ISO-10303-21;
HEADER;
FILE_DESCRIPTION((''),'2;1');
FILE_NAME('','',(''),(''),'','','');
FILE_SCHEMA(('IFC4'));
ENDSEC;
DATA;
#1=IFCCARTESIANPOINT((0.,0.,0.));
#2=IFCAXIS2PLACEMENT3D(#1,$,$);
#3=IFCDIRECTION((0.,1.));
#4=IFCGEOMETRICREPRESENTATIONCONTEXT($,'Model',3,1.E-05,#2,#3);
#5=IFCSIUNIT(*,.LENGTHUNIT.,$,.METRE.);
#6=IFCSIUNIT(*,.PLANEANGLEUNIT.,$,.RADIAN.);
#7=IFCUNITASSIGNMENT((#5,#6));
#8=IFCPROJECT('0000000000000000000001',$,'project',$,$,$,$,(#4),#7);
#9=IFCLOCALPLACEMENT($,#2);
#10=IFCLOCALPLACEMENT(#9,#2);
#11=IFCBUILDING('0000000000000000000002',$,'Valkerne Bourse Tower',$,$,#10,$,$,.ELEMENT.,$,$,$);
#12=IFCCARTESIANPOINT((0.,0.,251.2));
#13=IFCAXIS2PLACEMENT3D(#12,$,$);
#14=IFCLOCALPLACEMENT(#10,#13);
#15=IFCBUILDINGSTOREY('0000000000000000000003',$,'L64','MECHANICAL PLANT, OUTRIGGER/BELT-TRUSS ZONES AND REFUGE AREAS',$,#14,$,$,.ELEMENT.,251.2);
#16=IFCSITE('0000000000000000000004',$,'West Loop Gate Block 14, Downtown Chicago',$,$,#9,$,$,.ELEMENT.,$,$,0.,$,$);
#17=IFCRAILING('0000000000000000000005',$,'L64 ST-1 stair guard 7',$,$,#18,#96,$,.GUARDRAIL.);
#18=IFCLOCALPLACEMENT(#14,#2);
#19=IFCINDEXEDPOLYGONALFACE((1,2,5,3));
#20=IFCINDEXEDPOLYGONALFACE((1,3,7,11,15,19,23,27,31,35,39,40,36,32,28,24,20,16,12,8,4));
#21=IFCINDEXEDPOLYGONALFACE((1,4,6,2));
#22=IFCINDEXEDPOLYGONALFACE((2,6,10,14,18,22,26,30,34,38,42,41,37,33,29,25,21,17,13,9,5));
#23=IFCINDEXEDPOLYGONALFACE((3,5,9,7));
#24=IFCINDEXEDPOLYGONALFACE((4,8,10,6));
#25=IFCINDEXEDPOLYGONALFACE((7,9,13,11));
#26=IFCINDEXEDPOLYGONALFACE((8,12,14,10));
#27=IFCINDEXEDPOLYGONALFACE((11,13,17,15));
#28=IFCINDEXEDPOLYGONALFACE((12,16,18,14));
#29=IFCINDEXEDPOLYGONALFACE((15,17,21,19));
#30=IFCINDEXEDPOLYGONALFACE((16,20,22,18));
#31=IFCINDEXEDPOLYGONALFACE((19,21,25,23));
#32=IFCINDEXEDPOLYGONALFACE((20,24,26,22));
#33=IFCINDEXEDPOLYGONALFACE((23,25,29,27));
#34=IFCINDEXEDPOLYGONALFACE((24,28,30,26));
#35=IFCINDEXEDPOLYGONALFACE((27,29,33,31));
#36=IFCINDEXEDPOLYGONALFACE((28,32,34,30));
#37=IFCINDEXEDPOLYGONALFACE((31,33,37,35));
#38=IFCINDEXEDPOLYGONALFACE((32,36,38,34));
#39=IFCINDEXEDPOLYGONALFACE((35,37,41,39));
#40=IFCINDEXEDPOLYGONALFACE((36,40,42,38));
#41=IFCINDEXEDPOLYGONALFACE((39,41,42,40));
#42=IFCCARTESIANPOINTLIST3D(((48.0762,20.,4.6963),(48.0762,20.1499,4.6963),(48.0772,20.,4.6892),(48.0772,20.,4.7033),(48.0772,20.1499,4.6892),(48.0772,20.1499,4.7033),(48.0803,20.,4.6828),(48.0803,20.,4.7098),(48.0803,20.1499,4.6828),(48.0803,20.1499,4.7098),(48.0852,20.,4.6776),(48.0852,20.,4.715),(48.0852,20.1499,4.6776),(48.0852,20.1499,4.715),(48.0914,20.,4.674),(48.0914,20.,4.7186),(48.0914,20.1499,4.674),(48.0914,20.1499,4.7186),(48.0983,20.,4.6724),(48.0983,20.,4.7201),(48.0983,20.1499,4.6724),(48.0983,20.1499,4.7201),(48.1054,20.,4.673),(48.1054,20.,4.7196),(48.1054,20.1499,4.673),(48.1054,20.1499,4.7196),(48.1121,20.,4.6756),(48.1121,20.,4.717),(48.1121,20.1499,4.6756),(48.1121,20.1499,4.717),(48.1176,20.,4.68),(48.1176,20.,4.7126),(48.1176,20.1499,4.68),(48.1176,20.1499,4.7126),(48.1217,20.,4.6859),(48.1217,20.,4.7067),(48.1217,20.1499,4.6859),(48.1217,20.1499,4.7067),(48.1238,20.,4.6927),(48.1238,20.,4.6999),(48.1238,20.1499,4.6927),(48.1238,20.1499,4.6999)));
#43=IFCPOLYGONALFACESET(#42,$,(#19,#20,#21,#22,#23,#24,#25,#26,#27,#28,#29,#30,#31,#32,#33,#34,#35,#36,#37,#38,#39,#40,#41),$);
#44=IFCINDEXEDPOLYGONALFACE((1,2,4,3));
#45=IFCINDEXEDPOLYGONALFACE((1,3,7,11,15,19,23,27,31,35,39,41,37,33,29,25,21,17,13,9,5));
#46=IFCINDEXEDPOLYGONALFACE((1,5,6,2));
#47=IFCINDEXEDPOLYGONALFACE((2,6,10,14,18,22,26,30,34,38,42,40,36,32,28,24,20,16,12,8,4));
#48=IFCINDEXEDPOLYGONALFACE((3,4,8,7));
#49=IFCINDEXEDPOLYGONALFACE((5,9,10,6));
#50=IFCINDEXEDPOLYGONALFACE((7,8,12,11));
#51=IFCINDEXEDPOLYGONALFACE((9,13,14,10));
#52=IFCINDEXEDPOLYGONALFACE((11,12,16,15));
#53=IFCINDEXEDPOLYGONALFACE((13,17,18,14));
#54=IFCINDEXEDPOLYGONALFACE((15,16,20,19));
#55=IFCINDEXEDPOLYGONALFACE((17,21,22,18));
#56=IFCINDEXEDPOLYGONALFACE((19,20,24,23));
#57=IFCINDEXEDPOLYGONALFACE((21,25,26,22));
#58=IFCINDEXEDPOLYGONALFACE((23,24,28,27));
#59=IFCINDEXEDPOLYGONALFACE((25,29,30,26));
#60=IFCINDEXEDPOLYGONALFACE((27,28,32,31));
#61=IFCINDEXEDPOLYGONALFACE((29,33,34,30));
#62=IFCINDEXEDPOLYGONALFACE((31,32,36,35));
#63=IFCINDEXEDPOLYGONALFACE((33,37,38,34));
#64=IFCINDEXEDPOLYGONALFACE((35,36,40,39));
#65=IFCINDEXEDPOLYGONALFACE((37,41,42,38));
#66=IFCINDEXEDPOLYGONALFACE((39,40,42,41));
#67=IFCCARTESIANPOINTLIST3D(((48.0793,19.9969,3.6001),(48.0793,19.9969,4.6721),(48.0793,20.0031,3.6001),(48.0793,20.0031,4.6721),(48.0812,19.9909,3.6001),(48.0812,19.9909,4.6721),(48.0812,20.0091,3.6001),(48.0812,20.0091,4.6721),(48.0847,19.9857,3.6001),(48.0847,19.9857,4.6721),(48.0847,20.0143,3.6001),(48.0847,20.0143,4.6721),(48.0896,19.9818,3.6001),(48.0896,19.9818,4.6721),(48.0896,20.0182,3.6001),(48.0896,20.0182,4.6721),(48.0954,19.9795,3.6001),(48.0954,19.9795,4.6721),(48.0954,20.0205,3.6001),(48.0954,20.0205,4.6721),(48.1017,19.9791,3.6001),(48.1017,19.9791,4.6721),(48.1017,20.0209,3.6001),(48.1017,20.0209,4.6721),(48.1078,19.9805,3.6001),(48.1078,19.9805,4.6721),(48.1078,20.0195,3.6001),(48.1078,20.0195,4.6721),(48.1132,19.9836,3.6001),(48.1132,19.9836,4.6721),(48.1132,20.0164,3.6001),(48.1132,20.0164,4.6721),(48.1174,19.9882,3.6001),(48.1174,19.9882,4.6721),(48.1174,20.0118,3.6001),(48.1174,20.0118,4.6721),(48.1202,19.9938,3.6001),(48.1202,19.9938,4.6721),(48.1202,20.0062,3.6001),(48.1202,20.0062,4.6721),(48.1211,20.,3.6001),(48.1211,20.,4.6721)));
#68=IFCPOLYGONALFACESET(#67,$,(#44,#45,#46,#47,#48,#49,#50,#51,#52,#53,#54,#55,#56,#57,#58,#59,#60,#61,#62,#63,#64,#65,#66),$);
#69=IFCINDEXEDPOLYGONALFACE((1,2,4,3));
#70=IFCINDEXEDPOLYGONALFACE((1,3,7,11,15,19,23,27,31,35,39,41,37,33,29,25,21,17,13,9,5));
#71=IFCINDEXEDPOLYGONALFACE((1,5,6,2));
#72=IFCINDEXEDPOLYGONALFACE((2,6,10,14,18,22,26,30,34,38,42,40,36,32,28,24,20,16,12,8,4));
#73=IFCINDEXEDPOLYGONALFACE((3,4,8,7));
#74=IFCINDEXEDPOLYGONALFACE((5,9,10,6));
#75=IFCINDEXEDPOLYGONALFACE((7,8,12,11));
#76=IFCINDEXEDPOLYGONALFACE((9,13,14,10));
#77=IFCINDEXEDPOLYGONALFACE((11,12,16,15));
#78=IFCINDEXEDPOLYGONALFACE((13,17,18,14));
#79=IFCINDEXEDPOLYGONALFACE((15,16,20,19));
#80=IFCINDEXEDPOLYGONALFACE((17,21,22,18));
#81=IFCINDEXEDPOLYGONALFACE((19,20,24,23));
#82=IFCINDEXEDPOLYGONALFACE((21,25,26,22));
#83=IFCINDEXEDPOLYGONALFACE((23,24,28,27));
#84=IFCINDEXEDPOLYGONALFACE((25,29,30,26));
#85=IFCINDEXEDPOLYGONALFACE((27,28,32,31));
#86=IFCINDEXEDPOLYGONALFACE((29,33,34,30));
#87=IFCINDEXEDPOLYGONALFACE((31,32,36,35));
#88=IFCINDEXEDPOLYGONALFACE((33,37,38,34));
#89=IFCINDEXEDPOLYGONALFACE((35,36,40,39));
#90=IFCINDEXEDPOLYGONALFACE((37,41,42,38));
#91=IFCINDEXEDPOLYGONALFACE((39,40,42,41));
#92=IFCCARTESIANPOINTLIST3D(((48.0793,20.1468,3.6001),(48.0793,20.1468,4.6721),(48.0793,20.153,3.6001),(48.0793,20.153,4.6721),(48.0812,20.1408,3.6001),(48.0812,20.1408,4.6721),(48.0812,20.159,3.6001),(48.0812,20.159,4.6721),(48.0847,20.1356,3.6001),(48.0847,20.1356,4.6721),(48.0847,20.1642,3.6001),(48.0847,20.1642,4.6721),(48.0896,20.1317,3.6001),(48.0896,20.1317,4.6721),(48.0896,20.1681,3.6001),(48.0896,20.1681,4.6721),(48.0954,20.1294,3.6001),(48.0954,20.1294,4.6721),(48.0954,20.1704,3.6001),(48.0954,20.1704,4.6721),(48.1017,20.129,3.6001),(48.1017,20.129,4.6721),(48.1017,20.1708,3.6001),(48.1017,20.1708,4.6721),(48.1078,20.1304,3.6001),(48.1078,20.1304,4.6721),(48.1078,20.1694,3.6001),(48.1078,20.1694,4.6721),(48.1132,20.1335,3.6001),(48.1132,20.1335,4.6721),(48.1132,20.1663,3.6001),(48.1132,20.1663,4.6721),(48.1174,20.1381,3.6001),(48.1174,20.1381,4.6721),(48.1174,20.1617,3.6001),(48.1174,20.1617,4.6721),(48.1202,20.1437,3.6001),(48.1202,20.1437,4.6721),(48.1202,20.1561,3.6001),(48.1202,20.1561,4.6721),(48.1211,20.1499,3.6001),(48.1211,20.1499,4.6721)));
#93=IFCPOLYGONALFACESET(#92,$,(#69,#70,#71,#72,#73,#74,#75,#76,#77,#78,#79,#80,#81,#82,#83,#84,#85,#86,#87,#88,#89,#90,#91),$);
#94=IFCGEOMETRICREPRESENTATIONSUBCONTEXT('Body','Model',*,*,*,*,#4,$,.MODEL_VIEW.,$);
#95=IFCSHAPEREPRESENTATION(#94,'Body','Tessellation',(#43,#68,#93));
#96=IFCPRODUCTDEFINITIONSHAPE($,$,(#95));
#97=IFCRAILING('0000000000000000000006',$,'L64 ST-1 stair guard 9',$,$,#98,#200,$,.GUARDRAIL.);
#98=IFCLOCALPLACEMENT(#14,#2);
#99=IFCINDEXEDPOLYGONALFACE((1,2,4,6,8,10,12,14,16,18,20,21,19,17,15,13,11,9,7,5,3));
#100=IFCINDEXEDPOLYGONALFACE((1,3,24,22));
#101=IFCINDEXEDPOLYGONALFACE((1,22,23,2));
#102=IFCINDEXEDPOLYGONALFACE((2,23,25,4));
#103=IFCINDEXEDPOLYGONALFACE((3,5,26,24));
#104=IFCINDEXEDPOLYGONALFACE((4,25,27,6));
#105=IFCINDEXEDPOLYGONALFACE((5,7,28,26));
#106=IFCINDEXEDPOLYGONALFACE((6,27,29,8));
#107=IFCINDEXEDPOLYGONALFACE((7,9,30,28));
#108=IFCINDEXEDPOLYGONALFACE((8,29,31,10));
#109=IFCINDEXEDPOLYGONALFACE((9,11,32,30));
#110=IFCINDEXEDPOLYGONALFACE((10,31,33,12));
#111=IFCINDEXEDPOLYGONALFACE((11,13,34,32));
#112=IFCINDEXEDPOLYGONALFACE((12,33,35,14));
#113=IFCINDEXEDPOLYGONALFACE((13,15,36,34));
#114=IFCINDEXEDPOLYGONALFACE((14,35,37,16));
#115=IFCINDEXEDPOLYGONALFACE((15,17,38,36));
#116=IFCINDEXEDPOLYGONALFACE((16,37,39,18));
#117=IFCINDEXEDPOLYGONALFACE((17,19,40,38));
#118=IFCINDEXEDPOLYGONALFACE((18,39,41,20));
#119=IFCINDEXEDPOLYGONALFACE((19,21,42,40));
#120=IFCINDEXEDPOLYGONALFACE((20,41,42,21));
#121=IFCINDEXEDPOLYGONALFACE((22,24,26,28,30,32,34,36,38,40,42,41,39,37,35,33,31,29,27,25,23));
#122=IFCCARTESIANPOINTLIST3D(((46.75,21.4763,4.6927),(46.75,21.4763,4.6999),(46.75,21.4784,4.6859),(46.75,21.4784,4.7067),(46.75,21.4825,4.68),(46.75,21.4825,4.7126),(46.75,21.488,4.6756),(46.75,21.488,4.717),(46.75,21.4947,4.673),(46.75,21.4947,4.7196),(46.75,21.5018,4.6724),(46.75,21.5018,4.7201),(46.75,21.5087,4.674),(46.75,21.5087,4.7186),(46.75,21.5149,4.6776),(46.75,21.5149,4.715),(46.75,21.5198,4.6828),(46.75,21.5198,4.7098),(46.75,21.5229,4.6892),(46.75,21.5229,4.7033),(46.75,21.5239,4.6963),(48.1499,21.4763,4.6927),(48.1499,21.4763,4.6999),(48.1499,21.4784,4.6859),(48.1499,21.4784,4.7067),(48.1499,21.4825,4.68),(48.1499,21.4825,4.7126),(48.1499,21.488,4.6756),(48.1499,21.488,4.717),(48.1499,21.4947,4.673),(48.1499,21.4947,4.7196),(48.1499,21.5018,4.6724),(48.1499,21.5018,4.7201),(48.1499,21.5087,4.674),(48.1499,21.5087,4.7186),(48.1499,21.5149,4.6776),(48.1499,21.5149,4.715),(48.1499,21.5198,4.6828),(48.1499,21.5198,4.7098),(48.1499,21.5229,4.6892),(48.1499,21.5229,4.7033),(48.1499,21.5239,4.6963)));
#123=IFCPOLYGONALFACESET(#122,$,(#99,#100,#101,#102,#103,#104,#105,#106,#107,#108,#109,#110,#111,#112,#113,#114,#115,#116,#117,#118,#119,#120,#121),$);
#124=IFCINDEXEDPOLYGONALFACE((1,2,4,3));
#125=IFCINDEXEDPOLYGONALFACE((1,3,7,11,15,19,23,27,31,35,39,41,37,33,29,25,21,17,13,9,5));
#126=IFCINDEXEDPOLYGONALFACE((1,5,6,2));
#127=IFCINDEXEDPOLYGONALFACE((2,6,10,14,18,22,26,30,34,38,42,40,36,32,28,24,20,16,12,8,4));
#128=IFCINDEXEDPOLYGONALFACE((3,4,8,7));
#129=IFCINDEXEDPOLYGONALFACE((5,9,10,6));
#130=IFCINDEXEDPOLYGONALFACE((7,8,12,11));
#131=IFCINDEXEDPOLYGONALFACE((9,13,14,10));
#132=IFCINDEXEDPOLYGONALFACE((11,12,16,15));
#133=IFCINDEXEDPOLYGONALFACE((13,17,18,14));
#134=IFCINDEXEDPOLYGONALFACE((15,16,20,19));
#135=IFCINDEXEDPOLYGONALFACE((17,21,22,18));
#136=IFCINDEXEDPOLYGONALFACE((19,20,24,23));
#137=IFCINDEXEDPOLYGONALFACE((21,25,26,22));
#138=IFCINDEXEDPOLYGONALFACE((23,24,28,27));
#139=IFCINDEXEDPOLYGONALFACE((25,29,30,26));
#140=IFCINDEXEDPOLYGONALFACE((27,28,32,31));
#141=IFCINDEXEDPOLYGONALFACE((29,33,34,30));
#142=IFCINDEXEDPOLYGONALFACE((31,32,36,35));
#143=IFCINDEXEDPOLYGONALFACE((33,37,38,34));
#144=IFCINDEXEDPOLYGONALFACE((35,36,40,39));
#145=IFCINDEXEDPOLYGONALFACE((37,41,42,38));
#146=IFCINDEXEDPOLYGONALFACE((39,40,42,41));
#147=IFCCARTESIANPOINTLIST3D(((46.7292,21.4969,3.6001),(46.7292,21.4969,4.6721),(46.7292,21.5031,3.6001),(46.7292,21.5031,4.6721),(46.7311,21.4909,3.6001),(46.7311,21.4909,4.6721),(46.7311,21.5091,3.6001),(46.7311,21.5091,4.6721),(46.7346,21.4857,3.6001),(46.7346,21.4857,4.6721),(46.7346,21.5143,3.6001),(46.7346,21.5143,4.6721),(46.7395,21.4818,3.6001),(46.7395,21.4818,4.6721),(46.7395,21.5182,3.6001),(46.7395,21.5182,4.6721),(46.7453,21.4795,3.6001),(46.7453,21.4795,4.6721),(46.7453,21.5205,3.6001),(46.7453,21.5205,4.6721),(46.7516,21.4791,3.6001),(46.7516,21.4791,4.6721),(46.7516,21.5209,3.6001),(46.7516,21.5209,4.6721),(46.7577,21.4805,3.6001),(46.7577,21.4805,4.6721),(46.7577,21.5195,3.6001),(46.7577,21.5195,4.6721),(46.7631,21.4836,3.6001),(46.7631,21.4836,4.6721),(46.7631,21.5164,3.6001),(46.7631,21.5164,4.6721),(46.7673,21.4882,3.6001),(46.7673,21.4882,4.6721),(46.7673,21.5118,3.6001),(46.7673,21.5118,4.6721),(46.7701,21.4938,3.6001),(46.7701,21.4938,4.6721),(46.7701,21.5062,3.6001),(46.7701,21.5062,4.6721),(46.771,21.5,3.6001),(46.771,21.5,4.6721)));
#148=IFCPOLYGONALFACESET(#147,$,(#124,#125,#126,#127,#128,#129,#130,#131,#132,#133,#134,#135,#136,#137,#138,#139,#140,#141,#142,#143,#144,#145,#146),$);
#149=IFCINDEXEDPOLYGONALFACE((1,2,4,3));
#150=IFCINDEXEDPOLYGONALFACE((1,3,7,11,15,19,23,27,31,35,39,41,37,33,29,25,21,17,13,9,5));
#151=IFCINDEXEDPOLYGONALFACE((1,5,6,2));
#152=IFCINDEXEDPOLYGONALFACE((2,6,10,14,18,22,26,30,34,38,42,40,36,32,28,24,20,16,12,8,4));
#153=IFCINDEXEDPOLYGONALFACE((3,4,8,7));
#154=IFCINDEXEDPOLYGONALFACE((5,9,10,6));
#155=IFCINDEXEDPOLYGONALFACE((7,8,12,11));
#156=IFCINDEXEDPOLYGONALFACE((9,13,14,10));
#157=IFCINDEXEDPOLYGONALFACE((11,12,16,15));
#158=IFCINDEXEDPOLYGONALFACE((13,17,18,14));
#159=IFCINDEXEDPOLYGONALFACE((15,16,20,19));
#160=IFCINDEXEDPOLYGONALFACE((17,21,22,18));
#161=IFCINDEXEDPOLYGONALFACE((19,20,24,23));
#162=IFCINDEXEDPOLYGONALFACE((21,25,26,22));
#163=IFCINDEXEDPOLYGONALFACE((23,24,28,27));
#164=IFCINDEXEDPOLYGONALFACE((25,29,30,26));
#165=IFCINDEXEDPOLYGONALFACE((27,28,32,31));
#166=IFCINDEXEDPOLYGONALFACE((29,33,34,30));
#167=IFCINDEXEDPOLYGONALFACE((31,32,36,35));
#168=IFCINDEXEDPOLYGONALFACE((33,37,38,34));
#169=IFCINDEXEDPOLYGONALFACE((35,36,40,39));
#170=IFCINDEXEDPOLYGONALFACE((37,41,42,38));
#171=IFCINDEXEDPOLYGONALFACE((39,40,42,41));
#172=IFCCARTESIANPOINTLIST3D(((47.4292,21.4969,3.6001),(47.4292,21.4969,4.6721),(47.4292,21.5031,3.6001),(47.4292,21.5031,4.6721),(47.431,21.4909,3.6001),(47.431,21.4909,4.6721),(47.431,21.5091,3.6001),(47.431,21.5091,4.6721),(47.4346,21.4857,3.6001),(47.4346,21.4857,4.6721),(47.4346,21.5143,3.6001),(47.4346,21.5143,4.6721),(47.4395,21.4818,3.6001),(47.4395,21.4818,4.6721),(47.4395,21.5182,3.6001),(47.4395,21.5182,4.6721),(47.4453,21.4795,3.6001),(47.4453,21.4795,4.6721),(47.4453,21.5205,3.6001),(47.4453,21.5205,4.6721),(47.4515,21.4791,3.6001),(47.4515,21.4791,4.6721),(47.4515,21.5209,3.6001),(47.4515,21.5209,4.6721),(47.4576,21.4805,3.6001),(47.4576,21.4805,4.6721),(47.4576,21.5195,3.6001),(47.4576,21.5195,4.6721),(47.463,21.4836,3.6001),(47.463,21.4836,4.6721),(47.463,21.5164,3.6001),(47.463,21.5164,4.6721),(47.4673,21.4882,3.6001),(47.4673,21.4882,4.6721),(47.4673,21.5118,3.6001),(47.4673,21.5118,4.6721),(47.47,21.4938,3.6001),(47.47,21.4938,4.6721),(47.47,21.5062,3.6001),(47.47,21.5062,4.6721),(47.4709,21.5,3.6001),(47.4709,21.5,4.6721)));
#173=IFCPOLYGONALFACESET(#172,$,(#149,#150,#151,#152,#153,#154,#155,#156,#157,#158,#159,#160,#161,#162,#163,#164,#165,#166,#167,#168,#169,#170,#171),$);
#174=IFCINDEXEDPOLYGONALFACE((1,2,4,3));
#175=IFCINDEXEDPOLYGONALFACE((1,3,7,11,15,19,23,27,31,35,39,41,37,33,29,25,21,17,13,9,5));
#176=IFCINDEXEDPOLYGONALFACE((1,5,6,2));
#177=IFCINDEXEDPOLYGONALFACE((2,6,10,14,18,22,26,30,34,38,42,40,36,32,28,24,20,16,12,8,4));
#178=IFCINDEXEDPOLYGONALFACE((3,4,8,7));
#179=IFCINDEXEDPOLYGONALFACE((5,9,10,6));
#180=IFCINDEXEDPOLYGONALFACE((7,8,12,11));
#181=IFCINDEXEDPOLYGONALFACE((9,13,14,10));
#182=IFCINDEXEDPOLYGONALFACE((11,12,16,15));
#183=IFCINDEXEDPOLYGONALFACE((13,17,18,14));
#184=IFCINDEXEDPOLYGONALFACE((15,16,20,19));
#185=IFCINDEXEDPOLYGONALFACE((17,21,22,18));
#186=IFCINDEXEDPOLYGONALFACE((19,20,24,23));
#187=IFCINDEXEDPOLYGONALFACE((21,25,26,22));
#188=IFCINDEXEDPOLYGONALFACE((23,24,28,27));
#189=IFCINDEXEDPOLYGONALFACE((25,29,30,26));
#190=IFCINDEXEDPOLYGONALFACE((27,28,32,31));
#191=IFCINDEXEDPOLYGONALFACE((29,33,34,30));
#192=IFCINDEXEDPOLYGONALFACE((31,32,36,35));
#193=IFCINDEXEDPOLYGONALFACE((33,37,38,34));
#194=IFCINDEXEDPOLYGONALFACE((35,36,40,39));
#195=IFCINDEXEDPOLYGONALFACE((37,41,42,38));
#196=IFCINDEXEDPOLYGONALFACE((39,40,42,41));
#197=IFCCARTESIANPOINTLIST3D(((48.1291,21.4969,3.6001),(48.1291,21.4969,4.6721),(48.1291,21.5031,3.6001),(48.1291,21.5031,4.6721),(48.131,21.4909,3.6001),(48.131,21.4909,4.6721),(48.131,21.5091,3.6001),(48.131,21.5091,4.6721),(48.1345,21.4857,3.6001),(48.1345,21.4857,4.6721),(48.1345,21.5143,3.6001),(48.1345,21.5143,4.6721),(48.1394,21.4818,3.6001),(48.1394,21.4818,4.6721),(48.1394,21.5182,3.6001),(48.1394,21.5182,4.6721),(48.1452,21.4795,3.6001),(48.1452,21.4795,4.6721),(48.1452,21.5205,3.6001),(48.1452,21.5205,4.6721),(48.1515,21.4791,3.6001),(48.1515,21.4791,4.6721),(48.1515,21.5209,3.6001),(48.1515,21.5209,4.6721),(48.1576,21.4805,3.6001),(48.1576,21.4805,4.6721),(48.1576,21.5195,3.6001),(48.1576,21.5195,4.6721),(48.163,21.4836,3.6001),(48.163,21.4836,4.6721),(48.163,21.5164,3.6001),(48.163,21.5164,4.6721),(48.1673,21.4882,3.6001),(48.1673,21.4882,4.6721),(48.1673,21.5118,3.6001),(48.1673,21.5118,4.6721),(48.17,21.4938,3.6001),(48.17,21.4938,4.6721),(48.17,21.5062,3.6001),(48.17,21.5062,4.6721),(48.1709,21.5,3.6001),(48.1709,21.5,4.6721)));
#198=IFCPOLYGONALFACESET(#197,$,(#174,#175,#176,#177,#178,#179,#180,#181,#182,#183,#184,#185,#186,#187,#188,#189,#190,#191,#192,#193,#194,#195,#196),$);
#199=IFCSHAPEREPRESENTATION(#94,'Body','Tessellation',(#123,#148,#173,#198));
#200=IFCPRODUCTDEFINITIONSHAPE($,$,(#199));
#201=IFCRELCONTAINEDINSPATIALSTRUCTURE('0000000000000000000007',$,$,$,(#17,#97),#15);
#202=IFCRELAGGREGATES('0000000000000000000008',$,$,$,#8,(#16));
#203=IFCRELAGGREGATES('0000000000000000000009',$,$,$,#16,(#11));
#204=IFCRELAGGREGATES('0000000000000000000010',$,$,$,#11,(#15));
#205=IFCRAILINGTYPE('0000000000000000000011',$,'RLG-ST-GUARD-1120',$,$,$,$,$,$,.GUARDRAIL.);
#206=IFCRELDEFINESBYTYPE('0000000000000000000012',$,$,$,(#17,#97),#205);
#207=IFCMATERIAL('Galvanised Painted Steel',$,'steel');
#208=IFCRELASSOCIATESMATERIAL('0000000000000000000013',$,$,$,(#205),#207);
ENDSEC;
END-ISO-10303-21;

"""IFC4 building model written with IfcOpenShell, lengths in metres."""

from ifc_helpers import new_model, si_unit, direction, frame, origin, origin_2d, place, context, subcontext, project, spatial, circle, extrude, material, type_object, element, save


model = new_model("IFC4")

# Units and contexts
model_context = context("Model", 3, precision=1e-05, world=origin(), true_north=direction((0.0, 1.0)))
body_context = subcontext(model_context, "Body", "Model", "MODEL_VIEW")
ifc_project = project(units=[si_unit("LENGTHUNIT", "METRE"), si_unit("PLANEANGLEUNIT", "RADIAN")], contexts=[model_context])

# Site, building, storey
site_placement = place(None, origin())
site = spatial("IfcSite", under=ifc_project, at=site_placement, Name="West Loop Gate Block 14, Downtown Chicago", CompositionType="ELEMENT", RefElevation=0.0)
building_placement = place(site_placement, origin())
building = spatial("IfcBuilding", under=site, at=building_placement, Name="Valkerne Bourse Tower", CompositionType="ELEMENT")
storey_placement = place(building_placement, frame((0.0, 0.0, 251.2)))
storey = spatial("IfcBuildingStorey", under=building, at=storey_placement, Name="L64", Description="MECHANICAL PLANT, OUTRIGGER/BELT-TRUSS ZONES AND REFUGE AREAS", CompositionType="ELEMENT", Elevation=251.2)

# Shared definitions
ifc_material_1 = material(Name="Galvanised Painted Steel", Category="steel")

# Railings
railing_type_1 = type_object("IfcRailingType", Name="RLG-ST-GUARD-1120", PredefinedType="GUARDRAIL", material=ifc_material_1)
railing_1_placement = place(storey_placement, frame((48.1001, 20.0, 3.6001)))
element("IfcRailing", 1, at=railing_1_placement, inside=storey, type_object=railing_type_1, Name="L64 ST-1 stair guard 7", PredefinedType="GUARDRAIL", context=body_context, shape_type="SweptSolid", body=[
    extrude(circle(Radius=0.0239, at=origin_2d()), frame((0.0, 0.0, 1.0962), z_axis=(0.0, 1.0, 0.0), x_axis=(-1.0, 0.0, 0.0)), (0.0, 0.0, 1.0), 0.1499),
    extrude(circle(Radius=0.021, at=origin_2d()), origin(), (0.0, 0.0, 1.0), 1.072),
    extrude(circle(Radius=0.021, at=origin_2d()), frame((0.0, 0.1499, 0.0)), (0.0, 0.0, 1.0), 1.072),
])
railing_2_placement = place(storey_placement, frame((46.75, 21.5, 3.6001)))
element("IfcRailing", 2, at=railing_2_placement, inside=storey, type_object=railing_type_1, Name="L64 ST-1 stair guard 9", PredefinedType="GUARDRAIL", context=body_context, shape_type="SweptSolid", body=[
    extrude(circle(Radius=0.0239, at=origin_2d()), frame((0.0, 0.0, 1.0962), z_axis=(1.0, 0.0, 0.0), x_axis=(0.0, 1.0, 0.0)), (0.0, 0.0, 1.0), 1.3999),
    extrude(circle(Radius=0.021, at=origin_2d()), origin(), (0.0, 0.0, 1.0), 1.072),
    extrude(circle(Radius=0.021, at=origin_2d()), frame((0.7, 0.0, 0.0)), (0.0, 0.0, 1.0), 1.072),
    extrude(circle(Radius=0.021, at=origin_2d()), frame((1.3999, 0.0, 0.0)), (0.0, 0.0, 1.0), 1.072),
])

save(model, "model.ifc")
